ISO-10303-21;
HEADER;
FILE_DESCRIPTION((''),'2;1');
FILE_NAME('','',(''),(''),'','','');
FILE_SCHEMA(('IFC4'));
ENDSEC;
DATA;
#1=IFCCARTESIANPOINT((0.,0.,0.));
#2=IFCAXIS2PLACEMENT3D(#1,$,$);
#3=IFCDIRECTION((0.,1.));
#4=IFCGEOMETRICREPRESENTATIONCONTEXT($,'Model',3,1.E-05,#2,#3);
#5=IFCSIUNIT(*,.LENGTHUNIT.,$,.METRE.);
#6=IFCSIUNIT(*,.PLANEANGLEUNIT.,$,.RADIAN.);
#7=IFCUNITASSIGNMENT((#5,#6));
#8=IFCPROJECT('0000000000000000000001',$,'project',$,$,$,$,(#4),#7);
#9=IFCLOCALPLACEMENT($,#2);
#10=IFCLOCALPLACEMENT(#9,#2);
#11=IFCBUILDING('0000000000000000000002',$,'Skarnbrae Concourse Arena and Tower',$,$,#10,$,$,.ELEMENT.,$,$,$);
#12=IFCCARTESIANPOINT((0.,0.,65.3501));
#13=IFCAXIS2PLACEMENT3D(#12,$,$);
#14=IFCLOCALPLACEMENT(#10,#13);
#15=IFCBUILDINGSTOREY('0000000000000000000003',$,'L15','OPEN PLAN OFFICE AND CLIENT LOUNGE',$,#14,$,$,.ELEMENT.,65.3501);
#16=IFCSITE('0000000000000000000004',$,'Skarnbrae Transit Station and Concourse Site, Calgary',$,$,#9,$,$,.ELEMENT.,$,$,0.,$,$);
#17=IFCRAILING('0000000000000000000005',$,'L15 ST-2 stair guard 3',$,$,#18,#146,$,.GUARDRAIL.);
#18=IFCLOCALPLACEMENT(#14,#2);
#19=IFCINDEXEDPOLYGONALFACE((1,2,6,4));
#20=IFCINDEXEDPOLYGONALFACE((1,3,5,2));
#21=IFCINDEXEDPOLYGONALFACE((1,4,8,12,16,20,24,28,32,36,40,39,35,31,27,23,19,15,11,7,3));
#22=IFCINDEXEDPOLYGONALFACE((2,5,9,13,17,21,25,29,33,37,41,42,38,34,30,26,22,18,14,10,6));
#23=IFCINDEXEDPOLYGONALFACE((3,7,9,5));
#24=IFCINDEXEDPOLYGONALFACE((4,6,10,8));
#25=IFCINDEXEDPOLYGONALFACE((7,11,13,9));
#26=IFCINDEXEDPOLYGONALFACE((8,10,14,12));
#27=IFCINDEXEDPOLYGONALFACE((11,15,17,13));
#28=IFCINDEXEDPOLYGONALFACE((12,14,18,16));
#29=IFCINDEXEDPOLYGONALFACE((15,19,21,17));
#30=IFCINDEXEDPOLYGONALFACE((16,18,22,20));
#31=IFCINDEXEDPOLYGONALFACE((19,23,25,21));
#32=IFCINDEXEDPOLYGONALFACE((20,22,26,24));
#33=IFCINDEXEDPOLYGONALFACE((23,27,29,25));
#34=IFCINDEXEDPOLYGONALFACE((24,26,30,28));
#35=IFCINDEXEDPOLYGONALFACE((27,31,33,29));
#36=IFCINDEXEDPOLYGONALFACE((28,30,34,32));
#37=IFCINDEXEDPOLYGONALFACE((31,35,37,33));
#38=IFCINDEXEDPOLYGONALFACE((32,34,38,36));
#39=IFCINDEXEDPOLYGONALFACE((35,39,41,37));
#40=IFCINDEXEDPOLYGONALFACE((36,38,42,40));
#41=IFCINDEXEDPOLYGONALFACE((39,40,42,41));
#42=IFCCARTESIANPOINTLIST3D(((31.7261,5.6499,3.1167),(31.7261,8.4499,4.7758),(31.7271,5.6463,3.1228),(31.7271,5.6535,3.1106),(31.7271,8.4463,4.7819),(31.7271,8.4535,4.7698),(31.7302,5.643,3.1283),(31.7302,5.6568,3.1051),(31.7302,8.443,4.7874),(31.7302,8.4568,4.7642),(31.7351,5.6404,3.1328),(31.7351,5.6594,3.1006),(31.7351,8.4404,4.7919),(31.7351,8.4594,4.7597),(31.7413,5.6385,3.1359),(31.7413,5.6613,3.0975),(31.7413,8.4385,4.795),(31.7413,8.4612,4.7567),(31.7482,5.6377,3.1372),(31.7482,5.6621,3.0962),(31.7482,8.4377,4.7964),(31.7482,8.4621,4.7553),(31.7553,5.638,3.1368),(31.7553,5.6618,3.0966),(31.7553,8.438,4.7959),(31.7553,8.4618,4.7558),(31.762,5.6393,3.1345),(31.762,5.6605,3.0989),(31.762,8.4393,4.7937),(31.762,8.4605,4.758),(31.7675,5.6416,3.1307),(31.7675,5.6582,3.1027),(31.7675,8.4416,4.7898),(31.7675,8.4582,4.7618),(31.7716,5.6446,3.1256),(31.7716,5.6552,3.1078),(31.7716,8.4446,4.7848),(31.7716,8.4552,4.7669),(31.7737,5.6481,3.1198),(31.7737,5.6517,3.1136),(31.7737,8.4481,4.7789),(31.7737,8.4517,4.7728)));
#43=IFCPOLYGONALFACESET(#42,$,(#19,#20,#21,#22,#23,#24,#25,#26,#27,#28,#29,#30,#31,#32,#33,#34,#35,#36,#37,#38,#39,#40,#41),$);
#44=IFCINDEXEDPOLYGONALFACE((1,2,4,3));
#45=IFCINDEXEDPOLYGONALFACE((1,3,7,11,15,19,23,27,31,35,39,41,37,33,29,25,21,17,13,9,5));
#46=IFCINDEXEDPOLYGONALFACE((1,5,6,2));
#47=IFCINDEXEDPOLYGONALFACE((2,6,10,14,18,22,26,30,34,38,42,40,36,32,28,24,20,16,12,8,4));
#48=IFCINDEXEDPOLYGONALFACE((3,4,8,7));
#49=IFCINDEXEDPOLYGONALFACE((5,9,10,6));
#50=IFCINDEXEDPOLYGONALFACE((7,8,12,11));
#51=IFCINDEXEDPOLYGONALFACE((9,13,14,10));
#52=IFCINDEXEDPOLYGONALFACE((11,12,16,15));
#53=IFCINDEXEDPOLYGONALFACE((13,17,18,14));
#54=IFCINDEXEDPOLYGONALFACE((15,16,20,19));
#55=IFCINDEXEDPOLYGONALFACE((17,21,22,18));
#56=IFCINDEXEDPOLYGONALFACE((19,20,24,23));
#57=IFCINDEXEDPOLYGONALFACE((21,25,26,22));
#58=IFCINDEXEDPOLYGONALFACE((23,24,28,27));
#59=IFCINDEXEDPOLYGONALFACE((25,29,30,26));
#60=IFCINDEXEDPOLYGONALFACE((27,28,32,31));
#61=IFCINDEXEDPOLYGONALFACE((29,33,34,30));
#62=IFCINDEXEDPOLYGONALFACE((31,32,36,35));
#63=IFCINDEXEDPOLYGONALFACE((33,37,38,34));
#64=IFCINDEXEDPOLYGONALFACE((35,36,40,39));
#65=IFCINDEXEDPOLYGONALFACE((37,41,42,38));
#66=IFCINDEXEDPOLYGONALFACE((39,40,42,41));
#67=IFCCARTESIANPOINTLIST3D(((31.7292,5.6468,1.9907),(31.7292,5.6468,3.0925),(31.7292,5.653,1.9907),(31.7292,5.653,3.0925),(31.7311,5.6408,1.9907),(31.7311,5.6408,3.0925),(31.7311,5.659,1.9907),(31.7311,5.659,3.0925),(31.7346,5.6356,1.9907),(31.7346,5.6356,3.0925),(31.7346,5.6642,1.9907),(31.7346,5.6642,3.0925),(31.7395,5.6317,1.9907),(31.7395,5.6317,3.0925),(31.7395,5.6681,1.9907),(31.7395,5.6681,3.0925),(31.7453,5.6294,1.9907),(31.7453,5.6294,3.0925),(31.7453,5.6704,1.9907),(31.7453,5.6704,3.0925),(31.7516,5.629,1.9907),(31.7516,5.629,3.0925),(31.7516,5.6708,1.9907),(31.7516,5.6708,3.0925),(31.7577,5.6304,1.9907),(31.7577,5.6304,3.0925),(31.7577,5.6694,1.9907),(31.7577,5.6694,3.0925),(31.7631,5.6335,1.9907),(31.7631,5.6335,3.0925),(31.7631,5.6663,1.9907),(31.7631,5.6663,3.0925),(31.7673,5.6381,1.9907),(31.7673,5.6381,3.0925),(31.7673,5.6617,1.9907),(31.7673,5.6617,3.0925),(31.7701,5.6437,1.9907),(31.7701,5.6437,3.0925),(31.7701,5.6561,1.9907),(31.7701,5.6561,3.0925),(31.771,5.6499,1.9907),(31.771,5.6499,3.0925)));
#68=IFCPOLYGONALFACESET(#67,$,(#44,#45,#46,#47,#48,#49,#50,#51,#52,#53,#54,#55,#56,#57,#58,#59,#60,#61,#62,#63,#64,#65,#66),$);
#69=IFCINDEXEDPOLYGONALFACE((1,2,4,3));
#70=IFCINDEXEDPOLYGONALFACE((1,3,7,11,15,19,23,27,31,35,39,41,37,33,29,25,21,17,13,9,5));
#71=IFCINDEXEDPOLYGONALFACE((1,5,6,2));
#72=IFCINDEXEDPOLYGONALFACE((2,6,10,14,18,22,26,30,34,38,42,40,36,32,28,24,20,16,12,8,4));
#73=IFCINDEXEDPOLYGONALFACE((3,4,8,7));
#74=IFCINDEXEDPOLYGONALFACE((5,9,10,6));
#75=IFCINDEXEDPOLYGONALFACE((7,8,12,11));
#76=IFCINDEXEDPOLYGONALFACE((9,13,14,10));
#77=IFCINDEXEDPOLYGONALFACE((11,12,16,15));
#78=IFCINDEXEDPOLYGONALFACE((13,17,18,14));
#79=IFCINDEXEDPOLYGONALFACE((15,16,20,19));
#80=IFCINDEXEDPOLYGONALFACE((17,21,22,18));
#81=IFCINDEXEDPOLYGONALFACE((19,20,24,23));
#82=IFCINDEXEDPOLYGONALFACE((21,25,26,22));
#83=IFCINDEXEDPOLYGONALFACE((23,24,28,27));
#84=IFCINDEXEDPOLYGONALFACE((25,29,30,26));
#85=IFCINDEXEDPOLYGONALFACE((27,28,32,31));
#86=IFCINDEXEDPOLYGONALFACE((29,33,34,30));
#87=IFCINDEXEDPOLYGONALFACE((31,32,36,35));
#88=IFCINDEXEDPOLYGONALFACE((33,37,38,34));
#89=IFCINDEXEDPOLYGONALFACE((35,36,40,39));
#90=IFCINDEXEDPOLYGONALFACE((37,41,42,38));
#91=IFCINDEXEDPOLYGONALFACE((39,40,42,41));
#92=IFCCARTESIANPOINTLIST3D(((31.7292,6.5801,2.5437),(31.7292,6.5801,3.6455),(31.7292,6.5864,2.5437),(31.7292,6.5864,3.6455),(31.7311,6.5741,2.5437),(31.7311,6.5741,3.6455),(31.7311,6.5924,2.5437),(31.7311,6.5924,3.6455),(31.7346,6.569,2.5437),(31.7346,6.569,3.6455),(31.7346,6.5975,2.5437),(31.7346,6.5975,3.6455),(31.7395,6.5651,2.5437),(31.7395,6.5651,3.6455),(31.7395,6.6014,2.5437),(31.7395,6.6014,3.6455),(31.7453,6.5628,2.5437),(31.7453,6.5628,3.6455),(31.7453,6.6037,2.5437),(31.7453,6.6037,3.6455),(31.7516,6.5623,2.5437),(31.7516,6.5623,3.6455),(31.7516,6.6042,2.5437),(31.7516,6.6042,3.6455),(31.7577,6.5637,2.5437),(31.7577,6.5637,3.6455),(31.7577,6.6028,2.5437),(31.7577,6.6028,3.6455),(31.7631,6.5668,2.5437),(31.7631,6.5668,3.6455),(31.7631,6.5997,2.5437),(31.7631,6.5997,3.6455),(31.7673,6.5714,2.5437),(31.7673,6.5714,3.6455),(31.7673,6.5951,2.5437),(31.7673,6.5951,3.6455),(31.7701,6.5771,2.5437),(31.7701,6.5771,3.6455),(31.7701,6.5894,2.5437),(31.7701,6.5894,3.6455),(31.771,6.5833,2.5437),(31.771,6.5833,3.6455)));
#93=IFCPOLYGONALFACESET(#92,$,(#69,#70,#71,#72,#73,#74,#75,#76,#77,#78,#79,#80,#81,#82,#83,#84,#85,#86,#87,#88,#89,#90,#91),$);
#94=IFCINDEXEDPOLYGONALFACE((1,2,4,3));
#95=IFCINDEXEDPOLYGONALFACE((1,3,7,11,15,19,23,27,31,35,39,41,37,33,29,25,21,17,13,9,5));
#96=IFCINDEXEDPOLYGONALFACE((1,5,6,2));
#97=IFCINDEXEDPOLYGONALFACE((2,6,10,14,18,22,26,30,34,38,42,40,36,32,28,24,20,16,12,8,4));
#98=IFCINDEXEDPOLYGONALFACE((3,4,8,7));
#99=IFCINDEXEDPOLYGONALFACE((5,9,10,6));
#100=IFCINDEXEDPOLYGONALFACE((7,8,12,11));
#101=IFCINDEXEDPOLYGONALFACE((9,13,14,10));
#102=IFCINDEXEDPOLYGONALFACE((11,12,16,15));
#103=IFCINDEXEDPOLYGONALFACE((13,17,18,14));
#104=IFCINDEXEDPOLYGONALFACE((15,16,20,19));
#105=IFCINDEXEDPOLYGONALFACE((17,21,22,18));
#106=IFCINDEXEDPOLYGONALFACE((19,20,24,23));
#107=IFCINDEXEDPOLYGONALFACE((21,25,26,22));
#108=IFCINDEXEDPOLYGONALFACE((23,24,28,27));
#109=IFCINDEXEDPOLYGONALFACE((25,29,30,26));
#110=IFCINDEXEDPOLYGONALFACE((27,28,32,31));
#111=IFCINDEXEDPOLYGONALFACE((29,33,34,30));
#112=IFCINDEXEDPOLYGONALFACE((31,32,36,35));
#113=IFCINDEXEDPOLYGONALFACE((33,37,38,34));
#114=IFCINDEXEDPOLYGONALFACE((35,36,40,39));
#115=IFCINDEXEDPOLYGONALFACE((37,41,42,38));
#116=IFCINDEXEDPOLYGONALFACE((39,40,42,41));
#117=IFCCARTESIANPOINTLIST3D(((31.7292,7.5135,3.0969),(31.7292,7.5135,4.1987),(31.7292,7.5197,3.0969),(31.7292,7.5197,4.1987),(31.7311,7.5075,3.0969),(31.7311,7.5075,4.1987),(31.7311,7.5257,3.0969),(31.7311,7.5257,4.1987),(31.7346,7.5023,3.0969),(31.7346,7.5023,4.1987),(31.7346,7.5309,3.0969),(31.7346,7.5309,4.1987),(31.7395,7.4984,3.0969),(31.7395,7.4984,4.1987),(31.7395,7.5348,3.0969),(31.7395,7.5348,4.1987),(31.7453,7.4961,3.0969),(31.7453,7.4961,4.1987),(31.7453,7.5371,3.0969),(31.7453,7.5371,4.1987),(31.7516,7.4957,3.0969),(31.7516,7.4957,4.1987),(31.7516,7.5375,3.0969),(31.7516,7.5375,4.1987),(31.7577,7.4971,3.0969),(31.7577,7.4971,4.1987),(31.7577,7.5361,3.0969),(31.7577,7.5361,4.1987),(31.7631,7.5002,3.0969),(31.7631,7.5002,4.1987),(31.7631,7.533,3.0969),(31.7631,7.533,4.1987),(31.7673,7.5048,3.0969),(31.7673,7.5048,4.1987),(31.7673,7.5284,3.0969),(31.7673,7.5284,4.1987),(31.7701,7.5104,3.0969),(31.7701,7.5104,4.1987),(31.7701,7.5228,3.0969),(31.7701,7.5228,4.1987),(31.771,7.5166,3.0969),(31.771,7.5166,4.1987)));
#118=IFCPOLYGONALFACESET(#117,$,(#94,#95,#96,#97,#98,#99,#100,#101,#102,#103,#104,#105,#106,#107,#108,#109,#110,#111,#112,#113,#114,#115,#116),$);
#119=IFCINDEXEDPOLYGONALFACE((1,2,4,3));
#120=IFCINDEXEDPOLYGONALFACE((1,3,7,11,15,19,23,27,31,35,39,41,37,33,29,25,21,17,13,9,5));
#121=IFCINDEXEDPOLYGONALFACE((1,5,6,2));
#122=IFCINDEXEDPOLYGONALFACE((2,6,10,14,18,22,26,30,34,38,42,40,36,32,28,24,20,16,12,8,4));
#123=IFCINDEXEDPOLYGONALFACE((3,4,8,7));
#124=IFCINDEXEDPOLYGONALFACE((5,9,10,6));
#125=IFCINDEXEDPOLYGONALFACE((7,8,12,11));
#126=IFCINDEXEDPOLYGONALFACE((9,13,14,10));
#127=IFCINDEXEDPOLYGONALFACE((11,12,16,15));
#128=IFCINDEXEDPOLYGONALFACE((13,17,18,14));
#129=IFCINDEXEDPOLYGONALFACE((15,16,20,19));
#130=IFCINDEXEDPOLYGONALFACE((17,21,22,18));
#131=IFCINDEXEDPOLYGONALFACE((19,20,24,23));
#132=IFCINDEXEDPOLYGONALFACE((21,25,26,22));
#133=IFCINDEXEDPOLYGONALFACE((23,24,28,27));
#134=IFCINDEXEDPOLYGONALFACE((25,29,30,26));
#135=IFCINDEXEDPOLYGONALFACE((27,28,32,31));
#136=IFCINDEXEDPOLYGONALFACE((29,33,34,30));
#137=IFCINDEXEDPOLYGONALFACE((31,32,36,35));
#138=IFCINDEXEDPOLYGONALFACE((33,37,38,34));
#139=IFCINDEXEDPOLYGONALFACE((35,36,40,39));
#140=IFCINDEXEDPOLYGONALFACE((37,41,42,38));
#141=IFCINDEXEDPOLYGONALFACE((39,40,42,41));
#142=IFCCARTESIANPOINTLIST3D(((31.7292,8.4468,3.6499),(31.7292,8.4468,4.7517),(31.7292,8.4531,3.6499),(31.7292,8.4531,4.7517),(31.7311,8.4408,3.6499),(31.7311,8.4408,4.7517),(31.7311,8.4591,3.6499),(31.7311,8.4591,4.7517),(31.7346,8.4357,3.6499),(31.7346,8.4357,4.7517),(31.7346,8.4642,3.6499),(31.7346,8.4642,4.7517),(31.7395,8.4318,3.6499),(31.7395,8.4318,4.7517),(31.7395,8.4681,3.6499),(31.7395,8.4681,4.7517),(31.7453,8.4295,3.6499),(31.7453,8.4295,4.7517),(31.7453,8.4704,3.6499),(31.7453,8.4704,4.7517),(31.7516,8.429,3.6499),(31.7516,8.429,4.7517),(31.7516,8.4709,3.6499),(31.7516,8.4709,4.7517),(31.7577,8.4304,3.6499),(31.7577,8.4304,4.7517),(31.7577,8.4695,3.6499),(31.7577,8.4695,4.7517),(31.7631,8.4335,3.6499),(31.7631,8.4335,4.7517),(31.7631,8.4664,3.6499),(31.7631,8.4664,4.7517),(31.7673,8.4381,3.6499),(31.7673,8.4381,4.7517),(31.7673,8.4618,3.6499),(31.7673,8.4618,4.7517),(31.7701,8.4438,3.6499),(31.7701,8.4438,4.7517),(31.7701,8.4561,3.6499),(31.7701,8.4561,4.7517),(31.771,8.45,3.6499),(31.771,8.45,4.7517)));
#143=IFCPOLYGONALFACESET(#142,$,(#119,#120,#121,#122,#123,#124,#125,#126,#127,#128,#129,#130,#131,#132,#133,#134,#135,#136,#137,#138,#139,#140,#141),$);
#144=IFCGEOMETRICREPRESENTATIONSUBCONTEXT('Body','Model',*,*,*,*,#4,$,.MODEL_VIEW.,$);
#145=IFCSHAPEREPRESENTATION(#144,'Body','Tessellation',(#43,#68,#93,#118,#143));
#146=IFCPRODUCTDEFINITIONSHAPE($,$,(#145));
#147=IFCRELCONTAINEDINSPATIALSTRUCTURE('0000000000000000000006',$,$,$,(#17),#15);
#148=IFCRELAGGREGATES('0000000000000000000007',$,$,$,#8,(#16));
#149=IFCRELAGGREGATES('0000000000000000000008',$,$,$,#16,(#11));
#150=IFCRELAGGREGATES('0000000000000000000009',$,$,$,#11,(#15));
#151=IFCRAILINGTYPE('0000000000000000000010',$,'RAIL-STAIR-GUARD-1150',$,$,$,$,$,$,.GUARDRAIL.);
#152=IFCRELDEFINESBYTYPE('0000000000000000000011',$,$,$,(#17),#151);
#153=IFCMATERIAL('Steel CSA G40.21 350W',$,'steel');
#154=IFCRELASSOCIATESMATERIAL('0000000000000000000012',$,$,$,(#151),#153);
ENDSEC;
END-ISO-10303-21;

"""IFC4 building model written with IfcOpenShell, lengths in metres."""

from ifc_helpers import new_model, si_unit, direction, frame, origin, origin_2d, place, context, subcontext, project, spatial, circle, extrude, material, type_object, element, save


model = new_model("IFC4")

# Units and contexts
model_context = context("Model", 3, precision=1e-05, world=origin(), true_north=direction((0.0, 1.0)))
body_context = subcontext(model_context, "Body", "Model", "MODEL_VIEW")
ifc_project = project(units=[si_unit("LENGTHUNIT", "METRE"), si_unit("PLANEANGLEUNIT", "RADIAN")], contexts=[model_context])

# Site, building, storey
site_placement = place(None, origin())
site = spatial("IfcSite", under=ifc_project, at=site_placement, Name="Skarnbrae Transit Station and Concourse Site, Calgary", CompositionType="ELEMENT", RefElevation=0.0)
building_placement = place(site_placement, origin())
building = spatial("IfcBuilding", under=site, at=building_placement, Name="Skarnbrae Concourse Arena and Tower", CompositionType="ELEMENT")
storey_placement = place(building_placement, frame((0.0, 0.0, 65.3501)))
storey = spatial("IfcBuildingStorey", under=building, at=storey_placement, Name="L15", Description="OPEN PLAN OFFICE AND CLIENT LOUNGE", CompositionType="ELEMENT", Elevation=65.3501)

# Shared definitions
ifc_material_1 = material(Name="Steel CSA G40.21 350W", Category="steel")

# Railing
railing_type_1 = type_object("IfcRailingType", Name="RAIL-STAIR-GUARD-1150", PredefinedType="GUARDRAIL", material=ifc_material_1)
railing_1_placement = place(storey_placement, frame((31.75, 5.6499, 1.9907)))
element("IfcRailing", 1, at=railing_1_placement, inside=storey, type_object=railing_type_1, Name="L15 ST-2 stair guard 3", PredefinedType="GUARDRAIL", context=body_context, shape_type="SweptSolid", body=[
    extrude(circle(Radius=0.0239, at=origin_2d()), frame((0.0, 0.0, 1.126), z_axis=(0.0, 0.860306, 0.509778), x_axis=(-1.0, 0.0, 0.0)), (0.0, 0.0, 1.0), 3.2546),
    extrude(circle(Radius=0.021, at=origin_2d()), origin(), (0.0, 0.0, 1.0), 1.1018),
    extrude(circle(Radius=0.021, at=origin_2d()), frame((0.0, 0.9333, 0.553)), (0.0, 0.0, 1.0), 1.1018),
    extrude(circle(Radius=0.021, at=origin_2d()), frame((0.0, 1.8667, 1.1062)), (0.0, 0.0, 1.0), 1.1018),
    extrude(circle(Radius=0.021, at=origin_2d()), frame((0.0, 2.8, 1.6592)), (0.0, 0.0, 1.0), 1.1018),
])

save(model, "model.ifc")
